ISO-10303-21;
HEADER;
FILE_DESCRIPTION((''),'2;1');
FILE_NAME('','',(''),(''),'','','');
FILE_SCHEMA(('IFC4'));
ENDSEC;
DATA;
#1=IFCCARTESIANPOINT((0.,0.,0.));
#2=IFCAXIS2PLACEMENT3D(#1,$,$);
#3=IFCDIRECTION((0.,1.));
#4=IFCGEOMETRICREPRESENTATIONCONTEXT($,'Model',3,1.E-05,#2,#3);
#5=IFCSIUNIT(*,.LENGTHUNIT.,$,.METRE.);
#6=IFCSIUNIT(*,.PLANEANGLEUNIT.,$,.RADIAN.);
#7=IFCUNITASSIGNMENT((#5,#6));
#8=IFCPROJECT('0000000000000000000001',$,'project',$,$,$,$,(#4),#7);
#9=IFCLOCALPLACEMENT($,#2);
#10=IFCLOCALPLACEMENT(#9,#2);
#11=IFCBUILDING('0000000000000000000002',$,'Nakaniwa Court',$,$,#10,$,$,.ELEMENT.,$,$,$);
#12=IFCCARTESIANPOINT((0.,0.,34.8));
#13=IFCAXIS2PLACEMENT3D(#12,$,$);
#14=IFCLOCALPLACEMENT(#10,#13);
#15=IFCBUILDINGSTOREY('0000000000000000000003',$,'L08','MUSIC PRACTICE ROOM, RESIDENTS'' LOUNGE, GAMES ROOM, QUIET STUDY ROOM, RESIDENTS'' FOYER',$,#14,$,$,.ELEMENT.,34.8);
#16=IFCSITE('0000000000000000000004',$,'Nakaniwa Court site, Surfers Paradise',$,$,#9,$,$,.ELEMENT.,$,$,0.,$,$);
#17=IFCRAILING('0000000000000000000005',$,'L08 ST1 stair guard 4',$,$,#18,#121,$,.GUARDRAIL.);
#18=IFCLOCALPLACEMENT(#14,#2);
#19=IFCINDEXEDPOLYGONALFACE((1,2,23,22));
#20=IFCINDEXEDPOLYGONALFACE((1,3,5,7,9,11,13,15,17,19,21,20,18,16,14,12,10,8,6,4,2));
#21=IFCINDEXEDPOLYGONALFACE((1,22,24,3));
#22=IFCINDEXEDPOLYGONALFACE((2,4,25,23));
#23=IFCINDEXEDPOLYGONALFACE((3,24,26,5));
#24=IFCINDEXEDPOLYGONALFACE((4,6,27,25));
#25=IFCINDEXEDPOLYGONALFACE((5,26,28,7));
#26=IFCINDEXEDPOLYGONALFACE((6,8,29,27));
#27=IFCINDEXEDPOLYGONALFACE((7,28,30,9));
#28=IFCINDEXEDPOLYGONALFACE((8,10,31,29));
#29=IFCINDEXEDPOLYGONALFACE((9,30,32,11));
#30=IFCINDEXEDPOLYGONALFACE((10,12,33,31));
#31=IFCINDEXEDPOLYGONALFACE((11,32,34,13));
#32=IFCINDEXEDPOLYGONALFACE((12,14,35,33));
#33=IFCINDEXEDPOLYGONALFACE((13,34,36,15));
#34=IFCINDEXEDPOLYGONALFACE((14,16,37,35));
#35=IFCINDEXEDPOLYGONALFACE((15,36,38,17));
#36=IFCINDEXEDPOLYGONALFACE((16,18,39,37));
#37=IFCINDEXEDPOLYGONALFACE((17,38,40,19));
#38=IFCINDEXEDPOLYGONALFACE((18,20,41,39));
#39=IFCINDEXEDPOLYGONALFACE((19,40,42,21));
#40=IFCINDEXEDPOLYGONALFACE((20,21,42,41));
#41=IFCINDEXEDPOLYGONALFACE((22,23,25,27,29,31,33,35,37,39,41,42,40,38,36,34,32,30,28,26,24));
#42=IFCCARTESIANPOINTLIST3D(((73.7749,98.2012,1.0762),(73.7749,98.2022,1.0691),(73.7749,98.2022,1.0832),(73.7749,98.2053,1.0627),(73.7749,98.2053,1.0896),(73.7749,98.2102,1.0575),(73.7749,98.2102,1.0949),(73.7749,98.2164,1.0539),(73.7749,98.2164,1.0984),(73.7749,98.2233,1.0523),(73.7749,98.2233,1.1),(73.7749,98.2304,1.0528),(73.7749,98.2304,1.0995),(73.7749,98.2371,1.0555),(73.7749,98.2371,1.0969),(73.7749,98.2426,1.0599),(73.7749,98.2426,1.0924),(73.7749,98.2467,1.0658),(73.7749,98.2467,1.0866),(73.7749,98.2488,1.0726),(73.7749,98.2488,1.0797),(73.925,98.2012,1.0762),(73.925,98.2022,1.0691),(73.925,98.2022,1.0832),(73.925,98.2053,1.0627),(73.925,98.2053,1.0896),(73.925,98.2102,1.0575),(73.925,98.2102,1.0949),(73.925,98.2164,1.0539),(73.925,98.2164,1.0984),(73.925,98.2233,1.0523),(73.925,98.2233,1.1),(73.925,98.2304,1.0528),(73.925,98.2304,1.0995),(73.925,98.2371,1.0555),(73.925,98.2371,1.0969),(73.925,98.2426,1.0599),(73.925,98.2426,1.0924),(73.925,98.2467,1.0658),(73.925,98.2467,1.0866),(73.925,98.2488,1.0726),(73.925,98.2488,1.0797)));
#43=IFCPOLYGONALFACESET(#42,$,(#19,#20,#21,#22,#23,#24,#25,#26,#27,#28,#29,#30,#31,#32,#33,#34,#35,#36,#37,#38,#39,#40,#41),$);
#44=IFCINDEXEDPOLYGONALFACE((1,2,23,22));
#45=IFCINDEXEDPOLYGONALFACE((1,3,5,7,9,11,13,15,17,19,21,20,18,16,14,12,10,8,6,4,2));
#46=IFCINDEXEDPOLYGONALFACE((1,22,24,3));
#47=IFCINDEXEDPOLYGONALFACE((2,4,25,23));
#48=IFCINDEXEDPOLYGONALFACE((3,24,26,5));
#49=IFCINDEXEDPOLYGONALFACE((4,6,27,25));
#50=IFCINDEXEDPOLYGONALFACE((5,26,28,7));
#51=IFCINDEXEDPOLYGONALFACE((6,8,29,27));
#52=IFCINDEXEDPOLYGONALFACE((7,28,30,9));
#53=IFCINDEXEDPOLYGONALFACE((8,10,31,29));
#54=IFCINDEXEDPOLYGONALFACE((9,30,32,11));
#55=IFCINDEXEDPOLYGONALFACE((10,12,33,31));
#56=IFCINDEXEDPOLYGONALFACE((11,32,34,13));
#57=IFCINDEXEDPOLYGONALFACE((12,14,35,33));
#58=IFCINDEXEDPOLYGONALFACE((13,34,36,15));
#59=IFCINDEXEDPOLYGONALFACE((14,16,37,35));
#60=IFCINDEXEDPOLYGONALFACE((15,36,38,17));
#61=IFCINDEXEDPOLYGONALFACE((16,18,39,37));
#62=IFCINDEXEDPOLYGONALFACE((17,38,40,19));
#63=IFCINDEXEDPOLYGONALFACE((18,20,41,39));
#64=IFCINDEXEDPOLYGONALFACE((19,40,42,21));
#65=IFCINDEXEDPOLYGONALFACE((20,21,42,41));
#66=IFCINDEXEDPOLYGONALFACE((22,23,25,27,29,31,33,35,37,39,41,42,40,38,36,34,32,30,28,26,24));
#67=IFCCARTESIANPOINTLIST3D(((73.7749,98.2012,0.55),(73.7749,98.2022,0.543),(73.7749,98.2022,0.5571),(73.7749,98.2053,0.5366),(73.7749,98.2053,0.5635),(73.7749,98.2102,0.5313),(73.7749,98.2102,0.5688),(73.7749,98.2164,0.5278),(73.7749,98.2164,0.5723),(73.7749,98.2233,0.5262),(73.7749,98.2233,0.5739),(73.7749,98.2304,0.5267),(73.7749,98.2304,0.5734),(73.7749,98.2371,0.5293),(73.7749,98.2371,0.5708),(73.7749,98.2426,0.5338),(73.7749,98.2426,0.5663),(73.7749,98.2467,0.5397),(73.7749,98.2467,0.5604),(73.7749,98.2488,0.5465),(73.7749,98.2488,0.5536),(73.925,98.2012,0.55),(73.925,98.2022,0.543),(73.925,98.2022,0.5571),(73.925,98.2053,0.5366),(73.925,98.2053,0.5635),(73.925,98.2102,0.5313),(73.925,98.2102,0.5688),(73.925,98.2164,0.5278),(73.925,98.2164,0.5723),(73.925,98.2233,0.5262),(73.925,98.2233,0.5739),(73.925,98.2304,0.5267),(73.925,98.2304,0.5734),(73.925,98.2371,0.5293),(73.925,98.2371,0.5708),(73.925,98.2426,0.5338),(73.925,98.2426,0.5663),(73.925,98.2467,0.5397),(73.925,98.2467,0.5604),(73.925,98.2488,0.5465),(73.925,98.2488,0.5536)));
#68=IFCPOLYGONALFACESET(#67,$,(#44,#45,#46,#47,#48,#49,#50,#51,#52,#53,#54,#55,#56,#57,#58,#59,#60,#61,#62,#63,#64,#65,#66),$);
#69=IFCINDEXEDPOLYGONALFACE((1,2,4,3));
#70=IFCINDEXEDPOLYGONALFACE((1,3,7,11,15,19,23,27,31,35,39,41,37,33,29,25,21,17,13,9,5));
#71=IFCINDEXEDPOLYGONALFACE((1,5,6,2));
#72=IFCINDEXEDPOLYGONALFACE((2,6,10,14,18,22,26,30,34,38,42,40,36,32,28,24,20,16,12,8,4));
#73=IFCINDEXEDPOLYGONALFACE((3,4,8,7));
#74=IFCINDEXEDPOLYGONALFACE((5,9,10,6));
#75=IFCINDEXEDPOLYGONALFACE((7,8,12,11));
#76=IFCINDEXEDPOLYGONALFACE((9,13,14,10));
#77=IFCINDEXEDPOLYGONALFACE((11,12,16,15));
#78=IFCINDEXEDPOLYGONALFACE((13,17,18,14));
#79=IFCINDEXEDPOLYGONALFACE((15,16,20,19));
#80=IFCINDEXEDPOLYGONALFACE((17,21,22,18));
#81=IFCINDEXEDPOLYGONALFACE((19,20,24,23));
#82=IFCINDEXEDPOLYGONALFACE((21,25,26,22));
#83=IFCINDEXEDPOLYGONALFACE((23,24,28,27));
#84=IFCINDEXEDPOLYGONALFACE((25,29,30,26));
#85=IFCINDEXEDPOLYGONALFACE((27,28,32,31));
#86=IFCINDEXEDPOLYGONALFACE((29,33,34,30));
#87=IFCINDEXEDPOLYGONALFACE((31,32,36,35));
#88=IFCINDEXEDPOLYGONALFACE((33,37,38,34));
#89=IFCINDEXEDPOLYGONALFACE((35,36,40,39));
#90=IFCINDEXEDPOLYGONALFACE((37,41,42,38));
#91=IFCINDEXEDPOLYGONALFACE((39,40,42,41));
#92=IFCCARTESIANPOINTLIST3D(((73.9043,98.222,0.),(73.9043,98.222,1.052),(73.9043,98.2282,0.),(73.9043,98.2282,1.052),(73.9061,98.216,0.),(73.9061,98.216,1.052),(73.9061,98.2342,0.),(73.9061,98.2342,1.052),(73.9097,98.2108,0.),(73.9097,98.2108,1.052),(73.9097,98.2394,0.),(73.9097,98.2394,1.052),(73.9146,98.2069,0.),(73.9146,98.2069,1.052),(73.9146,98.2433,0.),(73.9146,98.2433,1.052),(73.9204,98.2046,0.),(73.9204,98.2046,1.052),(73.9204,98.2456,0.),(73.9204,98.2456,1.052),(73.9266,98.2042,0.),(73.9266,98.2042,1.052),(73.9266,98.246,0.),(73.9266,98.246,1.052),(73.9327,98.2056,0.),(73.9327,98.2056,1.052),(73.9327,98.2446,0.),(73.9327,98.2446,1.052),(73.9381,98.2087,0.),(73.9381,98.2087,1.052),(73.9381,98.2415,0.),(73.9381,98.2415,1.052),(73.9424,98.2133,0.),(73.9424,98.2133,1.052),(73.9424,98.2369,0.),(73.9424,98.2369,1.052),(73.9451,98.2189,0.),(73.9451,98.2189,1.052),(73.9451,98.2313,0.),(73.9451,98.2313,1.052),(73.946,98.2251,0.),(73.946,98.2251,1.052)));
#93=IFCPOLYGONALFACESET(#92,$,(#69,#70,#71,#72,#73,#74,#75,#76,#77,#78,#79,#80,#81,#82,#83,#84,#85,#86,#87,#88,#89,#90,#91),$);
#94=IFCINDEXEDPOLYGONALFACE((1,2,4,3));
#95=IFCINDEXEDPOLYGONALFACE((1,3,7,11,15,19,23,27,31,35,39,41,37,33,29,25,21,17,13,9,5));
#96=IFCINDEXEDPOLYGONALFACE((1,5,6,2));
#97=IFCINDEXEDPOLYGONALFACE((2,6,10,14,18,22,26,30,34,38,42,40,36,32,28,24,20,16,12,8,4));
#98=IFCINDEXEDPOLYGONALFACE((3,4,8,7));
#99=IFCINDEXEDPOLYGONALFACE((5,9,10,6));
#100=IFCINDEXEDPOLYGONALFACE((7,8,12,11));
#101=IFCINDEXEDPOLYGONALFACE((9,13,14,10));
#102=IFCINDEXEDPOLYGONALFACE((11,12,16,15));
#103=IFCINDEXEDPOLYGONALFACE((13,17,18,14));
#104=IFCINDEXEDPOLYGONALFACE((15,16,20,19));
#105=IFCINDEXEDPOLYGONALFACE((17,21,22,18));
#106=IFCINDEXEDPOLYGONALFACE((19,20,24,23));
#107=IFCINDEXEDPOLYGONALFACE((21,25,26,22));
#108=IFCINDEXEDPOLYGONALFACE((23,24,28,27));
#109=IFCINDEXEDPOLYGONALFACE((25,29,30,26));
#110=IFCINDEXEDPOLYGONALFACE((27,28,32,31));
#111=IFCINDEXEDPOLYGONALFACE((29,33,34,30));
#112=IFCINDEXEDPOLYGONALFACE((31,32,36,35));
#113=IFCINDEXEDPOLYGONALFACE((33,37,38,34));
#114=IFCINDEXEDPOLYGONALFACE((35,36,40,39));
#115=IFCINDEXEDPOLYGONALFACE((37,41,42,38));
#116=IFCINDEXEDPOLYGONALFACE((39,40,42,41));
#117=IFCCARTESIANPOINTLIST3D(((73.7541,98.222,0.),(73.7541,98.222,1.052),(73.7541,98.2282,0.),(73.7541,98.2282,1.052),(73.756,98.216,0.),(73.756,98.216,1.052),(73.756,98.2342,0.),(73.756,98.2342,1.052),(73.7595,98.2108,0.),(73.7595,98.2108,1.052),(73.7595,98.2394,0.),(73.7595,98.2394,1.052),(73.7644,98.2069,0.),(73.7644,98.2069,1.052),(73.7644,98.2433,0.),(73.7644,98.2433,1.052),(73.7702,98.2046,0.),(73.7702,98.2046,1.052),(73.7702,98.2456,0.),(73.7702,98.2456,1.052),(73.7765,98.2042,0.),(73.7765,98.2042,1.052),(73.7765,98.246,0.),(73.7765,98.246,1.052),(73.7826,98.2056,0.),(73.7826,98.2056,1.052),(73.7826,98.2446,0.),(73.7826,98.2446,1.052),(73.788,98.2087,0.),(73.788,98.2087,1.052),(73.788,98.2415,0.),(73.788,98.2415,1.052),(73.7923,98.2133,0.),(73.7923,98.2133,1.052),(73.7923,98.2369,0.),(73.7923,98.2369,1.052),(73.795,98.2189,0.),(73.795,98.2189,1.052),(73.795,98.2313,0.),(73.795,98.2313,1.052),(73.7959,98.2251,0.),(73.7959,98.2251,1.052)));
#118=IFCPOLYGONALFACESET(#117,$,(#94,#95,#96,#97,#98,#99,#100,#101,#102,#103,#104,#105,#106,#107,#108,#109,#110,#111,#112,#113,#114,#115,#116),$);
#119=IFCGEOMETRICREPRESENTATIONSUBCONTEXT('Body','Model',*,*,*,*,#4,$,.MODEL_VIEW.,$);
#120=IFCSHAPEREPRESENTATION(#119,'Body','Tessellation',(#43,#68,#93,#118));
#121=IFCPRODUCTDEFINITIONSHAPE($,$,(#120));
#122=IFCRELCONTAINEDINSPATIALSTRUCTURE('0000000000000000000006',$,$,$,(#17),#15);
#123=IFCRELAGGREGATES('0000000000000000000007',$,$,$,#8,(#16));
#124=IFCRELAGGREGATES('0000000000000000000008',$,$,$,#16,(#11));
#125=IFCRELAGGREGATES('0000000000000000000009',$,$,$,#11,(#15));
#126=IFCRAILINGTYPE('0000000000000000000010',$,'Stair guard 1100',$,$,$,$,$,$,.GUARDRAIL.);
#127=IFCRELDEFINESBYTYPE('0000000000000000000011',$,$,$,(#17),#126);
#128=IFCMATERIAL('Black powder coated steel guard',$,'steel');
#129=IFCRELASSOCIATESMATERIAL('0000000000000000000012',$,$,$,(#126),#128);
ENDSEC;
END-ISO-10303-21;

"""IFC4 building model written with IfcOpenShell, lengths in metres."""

from ifc_helpers import new_model, si_unit, direction, frame, origin, origin_2d, place, context, subcontext, project, spatial, circle, extrude, material, type_object, element, save


model = new_model("IFC4")

# Units and contexts
model_context = context("Model", 3, precision=1e-05, world=origin(), true_north=direction((0.0, 1.0)))
body_context = subcontext(model_context, "Body", "Model", "MODEL_VIEW")
ifc_project = project(units=[si_unit("LENGTHUNIT", "METRE"), si_unit("PLANEANGLEUNIT", "RADIAN")], contexts=[model_context])

# Site, building, storey
site_placement = place(None, origin())
site = spatial("IfcSite", under=ifc_project, at=site_placement, Name="Nakaniwa Court site, Surfers Paradise", CompositionType="ELEMENT", RefElevation=0.0)
building_placement = place(site_placement, origin())
building = spatial("IfcBuilding", under=site, at=building_placement, Name="Nakaniwa Court", CompositionType="ELEMENT")
storey_placement = place(building_placement, frame((0.0, 0.0, 34.8)))
storey = spatial("IfcBuildingStorey", under=building, at=storey_placement, Name="L08", Description="MUSIC PRACTICE ROOM, RESIDENTS' LOUNGE, GAMES ROOM, QUIET STUDY ROOM, RESIDENTS' FOYER", CompositionType="ELEMENT", Elevation=34.8)

# Railing
ifc_material_1 = material(Name="Black powder coated steel guard", Category="steel")
railing_type_1 = type_object("IfcRailingType", Name="Stair guard 1100", PredefinedType="GUARDRAIL", material=ifc_material_1)
railing_1_placement = place(storey_placement, frame((73.925, 98.2251, 0.0)))
element("IfcRailing", 1, at=railing_1_placement, inside=storey, type_object=railing_type_1, Name="L08 ST1 stair guard 4", PredefinedType="GUARDRAIL", context=body_context, shape_type="SweptSolid", body=[
    extrude(circle(Radius=0.0239, at=origin_2d()), frame((0.0, 0.0, 1.0762), z_axis=(-1.0, 0.0, 0.0), x_axis=(0.0, -1.0, 0.0)), (0.0, 0.0, 1.0), 0.1501),
    extrude(circle(Radius=0.0239, at=origin_2d()), frame((0.0, 0.0, 0.55), z_axis=(-1.0, 0.0, 0.0), x_axis=(0.0, -1.0, 0.0)), (0.0, 0.0, 1.0), 0.1501),
    extrude(circle(Radius=0.021, at=origin_2d()), origin(), (0.0, 0.0, 1.0), 1.052),
    extrude(circle(Radius=0.021, at=origin_2d()), frame((-0.1501, 0.0, 0.0)), (0.0, 0.0, 1.0), 1.052),
])

save(model, "model.ifc")
